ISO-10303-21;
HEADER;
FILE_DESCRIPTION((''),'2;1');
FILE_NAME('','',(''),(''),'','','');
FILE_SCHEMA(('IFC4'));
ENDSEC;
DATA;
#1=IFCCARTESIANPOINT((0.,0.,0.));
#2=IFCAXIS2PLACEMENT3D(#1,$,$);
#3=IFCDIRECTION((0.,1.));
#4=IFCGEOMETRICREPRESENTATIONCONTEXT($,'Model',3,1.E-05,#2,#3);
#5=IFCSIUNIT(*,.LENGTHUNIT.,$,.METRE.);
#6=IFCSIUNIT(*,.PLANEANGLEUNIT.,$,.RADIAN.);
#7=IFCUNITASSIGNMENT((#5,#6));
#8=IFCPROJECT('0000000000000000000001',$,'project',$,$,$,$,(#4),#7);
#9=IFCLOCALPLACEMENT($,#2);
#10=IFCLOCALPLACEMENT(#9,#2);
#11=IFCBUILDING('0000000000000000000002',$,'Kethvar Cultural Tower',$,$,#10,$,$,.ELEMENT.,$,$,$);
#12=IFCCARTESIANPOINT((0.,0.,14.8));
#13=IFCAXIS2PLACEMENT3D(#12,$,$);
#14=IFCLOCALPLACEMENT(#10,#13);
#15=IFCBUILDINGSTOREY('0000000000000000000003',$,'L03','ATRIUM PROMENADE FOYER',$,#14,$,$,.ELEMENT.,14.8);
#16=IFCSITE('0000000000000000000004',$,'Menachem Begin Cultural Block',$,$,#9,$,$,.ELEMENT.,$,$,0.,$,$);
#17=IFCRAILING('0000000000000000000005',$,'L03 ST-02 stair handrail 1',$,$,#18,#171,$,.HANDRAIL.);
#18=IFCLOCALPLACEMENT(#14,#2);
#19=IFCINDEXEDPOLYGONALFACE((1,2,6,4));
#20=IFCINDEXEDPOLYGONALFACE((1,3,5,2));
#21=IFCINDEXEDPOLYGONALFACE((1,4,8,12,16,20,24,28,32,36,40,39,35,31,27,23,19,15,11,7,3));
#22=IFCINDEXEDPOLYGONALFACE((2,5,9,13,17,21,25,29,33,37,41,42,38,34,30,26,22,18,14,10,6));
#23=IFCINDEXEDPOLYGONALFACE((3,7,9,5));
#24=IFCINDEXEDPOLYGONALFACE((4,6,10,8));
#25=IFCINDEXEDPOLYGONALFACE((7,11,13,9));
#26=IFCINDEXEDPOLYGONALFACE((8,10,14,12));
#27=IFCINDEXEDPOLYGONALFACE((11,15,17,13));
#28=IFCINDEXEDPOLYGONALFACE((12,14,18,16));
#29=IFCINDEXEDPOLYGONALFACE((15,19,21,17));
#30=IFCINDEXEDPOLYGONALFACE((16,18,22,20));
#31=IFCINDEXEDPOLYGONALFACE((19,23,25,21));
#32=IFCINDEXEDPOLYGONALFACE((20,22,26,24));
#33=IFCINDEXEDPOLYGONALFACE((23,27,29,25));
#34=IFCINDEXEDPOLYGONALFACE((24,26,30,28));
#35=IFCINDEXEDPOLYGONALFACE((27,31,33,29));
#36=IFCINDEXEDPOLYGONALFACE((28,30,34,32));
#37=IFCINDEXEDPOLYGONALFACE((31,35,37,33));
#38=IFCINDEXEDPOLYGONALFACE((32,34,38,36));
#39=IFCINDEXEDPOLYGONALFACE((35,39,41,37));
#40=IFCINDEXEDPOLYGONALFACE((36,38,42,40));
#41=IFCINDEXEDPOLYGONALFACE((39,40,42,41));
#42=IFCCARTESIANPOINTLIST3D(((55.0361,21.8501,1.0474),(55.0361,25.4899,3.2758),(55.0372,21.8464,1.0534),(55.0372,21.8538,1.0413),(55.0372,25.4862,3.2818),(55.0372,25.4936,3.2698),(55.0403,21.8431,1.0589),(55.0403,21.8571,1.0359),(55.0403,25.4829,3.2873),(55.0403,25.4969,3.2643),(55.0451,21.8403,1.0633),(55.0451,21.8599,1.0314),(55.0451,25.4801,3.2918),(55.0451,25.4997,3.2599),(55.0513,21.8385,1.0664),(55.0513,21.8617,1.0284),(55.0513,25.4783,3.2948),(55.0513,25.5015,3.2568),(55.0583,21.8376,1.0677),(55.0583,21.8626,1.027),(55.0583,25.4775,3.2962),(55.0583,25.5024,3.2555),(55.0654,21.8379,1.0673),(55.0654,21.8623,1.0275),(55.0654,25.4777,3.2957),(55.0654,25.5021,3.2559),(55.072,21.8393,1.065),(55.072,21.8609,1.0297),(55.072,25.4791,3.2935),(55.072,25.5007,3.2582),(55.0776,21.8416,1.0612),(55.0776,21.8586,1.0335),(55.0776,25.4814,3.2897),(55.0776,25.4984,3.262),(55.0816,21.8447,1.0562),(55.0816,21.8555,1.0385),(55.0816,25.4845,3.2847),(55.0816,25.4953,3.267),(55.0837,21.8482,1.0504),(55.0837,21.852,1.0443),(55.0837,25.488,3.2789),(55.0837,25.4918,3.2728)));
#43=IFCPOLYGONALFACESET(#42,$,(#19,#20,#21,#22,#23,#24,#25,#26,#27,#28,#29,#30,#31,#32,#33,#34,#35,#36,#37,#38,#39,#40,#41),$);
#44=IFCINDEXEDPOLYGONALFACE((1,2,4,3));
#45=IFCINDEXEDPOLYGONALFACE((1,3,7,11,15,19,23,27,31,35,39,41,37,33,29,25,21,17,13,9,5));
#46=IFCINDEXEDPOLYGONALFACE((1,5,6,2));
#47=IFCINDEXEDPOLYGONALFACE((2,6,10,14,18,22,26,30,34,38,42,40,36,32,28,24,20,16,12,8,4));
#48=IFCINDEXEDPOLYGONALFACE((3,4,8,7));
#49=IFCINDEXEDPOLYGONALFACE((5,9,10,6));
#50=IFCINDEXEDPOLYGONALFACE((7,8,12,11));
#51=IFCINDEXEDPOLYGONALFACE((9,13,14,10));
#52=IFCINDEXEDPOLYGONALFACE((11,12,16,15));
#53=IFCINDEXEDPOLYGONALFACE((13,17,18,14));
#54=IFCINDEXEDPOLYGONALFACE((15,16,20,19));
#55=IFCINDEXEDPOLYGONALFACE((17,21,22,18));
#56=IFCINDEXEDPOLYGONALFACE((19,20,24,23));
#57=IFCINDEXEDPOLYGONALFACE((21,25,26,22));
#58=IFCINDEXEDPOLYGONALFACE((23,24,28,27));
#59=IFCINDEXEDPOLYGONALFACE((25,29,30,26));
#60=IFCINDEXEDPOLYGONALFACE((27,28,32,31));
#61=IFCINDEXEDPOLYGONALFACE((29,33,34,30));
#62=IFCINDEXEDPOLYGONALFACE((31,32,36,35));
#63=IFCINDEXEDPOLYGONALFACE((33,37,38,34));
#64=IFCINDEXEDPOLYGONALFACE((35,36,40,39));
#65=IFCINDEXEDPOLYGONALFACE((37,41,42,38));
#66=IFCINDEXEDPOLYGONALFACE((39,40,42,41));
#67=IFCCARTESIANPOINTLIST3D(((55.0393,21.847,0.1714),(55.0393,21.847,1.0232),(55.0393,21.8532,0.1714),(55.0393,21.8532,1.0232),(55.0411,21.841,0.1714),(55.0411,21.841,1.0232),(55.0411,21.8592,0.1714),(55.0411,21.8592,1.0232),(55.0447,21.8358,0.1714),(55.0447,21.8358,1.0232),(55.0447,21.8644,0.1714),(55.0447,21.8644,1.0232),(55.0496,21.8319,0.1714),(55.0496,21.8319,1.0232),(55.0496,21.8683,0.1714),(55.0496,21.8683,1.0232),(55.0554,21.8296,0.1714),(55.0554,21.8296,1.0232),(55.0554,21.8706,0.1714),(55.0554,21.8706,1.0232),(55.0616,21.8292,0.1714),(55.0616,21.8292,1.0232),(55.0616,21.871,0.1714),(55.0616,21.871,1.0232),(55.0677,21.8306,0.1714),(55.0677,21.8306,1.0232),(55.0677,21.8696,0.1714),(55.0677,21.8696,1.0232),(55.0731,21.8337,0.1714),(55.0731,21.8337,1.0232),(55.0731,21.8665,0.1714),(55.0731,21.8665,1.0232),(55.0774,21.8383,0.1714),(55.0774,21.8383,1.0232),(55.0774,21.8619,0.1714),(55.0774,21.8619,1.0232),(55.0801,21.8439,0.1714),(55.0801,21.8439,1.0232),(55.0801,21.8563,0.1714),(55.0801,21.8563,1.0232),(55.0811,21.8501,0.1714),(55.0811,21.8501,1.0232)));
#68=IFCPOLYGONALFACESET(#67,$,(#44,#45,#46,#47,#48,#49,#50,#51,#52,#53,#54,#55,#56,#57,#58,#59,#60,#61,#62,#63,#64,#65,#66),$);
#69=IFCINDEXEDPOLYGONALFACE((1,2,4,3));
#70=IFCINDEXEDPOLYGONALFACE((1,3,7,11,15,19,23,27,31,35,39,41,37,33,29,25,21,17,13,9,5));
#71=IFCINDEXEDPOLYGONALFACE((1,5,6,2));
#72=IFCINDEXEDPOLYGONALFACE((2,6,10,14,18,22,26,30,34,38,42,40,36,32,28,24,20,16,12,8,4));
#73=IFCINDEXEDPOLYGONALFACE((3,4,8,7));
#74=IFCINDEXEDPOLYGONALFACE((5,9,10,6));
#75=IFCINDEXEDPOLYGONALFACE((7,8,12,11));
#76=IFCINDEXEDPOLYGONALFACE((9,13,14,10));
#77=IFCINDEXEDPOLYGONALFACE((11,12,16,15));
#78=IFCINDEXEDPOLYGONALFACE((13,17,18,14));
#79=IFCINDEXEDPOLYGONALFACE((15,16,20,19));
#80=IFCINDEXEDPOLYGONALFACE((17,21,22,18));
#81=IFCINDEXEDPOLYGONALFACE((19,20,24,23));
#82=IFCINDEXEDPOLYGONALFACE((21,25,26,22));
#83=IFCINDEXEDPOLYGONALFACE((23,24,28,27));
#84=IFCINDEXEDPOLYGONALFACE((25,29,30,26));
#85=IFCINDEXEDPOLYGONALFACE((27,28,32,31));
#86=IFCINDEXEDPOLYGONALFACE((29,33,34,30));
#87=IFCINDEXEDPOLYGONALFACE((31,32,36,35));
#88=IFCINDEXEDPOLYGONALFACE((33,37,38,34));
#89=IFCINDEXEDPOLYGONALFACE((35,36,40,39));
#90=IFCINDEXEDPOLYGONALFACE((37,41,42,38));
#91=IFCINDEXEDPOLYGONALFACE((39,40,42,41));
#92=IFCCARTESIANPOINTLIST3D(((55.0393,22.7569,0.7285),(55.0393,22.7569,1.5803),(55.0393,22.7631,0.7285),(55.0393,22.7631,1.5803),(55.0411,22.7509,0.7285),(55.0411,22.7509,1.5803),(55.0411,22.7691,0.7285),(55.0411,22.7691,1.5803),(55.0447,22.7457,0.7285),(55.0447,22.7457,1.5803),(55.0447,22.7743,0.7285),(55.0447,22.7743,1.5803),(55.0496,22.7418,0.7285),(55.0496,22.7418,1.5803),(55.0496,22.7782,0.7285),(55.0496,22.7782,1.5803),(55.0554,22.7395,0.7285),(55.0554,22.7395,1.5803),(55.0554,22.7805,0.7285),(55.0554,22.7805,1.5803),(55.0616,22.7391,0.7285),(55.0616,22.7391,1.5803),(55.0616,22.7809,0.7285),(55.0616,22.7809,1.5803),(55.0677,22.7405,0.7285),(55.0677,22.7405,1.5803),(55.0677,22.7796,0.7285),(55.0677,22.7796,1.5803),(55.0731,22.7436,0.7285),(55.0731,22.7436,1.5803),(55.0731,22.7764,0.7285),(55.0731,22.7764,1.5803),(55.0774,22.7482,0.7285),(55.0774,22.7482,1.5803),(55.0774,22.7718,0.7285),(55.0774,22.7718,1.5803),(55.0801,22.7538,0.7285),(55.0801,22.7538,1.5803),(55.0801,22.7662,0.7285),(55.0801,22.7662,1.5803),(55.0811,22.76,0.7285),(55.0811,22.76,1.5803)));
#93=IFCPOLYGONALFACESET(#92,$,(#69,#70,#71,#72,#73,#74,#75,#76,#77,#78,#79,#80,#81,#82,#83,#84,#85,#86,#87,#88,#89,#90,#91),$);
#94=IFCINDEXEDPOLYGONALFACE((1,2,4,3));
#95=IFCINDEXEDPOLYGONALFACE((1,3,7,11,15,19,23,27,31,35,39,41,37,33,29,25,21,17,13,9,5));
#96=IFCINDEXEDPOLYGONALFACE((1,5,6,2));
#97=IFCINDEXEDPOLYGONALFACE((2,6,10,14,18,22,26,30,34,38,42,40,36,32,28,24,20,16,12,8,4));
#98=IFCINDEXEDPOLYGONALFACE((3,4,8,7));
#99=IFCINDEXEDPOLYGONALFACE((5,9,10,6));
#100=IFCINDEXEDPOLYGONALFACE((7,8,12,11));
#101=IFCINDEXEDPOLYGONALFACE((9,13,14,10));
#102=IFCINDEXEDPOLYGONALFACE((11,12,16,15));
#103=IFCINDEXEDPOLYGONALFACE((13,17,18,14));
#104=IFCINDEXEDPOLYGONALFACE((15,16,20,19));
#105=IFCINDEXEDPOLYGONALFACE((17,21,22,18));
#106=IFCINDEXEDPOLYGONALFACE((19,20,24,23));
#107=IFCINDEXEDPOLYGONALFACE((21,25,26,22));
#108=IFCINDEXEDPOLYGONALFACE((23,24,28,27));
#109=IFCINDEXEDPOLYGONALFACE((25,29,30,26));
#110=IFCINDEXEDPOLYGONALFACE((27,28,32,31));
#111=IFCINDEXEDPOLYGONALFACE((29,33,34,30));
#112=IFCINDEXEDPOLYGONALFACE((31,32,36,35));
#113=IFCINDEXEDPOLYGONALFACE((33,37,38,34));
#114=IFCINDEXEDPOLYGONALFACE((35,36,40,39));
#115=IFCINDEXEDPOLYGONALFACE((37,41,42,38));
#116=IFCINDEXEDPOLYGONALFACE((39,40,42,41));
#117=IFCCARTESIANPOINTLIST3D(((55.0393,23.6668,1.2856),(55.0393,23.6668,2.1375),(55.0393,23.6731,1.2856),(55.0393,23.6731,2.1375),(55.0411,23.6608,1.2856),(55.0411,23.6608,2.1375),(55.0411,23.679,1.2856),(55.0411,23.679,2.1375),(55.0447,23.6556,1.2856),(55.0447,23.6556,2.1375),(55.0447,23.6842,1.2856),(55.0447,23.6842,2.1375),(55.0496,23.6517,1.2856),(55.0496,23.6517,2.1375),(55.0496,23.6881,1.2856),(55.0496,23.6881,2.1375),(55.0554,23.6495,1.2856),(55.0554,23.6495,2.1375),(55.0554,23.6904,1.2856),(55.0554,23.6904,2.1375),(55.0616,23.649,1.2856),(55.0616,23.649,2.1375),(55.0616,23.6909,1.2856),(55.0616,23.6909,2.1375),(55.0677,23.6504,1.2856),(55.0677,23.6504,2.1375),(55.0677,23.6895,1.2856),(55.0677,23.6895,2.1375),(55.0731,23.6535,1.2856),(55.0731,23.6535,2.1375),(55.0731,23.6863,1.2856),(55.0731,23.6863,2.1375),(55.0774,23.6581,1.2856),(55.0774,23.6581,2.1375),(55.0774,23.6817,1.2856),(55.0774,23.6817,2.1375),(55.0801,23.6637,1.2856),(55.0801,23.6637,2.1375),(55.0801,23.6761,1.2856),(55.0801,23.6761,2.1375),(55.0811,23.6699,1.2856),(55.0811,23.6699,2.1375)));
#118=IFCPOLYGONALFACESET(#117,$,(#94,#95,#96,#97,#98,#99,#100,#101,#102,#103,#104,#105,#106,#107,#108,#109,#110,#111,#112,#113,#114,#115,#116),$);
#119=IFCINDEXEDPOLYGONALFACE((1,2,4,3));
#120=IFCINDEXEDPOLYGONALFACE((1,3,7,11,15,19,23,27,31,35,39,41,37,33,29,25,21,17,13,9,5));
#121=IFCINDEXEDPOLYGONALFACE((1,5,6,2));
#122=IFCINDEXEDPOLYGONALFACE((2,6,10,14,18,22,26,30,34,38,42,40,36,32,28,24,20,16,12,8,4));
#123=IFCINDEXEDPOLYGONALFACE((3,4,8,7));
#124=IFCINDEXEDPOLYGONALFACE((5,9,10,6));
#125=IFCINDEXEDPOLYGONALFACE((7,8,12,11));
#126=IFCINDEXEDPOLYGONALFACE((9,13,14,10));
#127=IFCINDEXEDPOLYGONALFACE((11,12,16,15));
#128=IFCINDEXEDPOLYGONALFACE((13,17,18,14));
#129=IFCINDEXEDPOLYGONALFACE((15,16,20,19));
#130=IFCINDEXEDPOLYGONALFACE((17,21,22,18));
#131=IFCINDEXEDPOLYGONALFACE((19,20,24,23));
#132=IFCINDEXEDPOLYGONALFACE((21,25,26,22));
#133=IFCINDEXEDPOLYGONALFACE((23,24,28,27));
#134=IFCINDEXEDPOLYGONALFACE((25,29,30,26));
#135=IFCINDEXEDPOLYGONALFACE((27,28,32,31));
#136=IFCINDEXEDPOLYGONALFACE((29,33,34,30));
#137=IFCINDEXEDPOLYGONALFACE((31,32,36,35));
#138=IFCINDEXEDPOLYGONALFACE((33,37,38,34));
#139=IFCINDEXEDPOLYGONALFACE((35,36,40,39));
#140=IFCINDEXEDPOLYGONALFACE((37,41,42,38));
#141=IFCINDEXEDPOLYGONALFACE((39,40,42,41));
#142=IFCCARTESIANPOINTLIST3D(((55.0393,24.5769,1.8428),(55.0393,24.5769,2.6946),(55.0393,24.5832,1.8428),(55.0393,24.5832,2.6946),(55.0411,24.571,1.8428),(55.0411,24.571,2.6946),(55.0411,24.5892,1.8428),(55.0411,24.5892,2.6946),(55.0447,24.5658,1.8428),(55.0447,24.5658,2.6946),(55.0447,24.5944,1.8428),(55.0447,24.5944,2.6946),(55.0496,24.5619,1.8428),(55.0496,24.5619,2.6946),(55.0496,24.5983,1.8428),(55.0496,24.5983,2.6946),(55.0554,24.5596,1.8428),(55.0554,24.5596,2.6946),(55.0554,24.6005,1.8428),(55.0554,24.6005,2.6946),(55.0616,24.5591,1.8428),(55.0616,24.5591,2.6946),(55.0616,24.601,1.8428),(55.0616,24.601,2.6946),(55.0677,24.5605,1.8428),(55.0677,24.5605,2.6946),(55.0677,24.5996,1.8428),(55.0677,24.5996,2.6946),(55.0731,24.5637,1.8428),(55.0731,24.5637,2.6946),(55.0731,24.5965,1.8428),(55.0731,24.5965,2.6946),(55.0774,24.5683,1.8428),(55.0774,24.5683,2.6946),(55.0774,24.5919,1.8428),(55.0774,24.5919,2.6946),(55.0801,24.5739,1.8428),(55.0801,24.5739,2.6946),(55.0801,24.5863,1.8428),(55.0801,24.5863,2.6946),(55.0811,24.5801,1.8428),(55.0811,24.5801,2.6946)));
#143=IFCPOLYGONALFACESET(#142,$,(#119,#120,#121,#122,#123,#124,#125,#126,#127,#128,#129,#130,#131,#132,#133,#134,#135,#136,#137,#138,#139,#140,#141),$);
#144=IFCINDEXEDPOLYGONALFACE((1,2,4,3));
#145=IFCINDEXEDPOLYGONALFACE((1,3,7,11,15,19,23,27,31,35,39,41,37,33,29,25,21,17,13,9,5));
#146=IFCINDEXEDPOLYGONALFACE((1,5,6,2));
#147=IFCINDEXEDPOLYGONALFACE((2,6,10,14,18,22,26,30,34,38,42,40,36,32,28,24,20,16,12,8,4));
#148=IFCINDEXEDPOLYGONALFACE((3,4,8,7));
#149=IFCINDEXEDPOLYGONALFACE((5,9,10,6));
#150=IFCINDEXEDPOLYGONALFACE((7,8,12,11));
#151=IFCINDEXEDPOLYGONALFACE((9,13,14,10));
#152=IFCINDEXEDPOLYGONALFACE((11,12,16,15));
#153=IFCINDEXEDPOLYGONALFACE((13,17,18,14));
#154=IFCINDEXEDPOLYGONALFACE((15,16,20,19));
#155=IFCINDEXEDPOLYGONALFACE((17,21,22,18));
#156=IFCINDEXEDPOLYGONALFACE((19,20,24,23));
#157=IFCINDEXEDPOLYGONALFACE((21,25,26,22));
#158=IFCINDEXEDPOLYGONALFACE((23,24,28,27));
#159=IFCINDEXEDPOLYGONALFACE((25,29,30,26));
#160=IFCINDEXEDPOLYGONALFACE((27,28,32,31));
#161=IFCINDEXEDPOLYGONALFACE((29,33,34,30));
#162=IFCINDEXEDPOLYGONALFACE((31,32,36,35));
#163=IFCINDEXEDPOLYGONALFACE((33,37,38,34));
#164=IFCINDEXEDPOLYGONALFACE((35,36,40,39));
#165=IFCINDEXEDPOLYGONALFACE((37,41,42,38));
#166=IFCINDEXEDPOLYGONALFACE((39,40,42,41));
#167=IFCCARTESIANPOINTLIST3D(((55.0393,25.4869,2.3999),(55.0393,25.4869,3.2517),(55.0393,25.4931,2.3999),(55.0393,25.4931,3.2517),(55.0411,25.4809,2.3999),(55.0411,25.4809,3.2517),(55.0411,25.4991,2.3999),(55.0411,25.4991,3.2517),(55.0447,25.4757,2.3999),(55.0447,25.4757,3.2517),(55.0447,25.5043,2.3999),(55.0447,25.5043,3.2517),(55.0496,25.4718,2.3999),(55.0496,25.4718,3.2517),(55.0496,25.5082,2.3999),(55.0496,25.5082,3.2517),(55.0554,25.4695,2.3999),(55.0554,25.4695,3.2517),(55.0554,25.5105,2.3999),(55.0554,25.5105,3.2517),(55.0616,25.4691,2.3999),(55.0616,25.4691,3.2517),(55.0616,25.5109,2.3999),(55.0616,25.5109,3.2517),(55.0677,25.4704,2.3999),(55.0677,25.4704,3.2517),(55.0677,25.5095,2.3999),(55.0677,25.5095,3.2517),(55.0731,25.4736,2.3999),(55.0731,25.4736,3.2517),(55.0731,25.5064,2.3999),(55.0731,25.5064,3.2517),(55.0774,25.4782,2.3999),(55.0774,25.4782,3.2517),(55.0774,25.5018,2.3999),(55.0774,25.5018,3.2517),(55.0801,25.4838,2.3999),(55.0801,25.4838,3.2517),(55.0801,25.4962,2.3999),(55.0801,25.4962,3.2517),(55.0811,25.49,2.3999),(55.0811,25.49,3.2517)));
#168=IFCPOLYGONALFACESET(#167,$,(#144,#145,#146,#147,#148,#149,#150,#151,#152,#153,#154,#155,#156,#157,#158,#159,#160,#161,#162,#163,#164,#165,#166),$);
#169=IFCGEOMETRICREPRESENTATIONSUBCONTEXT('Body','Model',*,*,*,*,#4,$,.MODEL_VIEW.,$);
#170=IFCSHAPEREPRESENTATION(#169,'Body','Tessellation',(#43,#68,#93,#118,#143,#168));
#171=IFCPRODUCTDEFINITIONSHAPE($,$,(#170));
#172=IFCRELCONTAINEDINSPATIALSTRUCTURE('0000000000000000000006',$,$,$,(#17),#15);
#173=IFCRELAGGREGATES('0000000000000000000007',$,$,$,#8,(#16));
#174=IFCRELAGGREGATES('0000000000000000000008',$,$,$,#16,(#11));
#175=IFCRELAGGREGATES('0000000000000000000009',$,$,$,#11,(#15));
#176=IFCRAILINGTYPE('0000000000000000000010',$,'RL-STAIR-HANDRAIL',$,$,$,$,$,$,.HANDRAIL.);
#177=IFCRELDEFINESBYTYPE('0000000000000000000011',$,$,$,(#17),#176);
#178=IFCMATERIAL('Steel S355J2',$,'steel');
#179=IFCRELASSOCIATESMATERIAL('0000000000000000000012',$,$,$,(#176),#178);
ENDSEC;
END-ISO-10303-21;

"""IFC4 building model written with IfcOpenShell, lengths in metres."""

from ifc_helpers import new_model, si_unit, direction, frame, origin, origin_2d, place, context, subcontext, project, spatial, circle, extrude, material, type_object, element, save


model = new_model("IFC4")

# Units and contexts
model_context = context("Model", 3, precision=1e-05, world=origin(), true_north=direction((0.0, 1.0)))
body_context = subcontext(model_context, "Body", "Model", "MODEL_VIEW")
ifc_project = project(units=[si_unit("LENGTHUNIT", "METRE"), si_unit("PLANEANGLEUNIT", "RADIAN")], contexts=[model_context])

# Site, building, storey
site_placement = place(None, origin())
site = spatial("IfcSite", under=ifc_project, at=site_placement, Name="Menachem Begin Cultural Block", CompositionType="ELEMENT", RefElevation=0.0)
building_placement = place(site_placement, origin())
building = spatial("IfcBuilding", under=site, at=building_placement, Name="Kethvar Cultural Tower", CompositionType="ELEMENT")
storey_placement = place(building_placement, frame((0.0, 0.0, 14.8)))
storey = spatial("IfcBuildingStorey", under=building, at=storey_placement, Name="L03", Description="ATRIUM PROMENADE FOYER", CompositionType="ELEMENT", Elevation=14.8)

# Shared definitions
ifc_material_1 = material(Name="Steel S355J2", Category="steel")

# Railing
railing_type_1 = type_object("IfcRailingType", Name="RL-STAIR-HANDRAIL", PredefinedType="HANDRAIL", material=ifc_material_1)
railing_1_placement = place(storey_placement, frame((55.0601, 21.8501, 0.1714)))
element("IfcRailing", 1, at=railing_1_placement, inside=storey, type_object=railing_type_1, Name="L03 ST-02 stair handrail 1", PredefinedType="HANDRAIL", context=body_context, shape_type="SweptSolid", body=[
    extrude(circle(Radius=0.0239, at=origin_2d()), frame((0.0, 0.0, 0.876), z_axis=(0.0, 0.85285, 0.522156), x_axis=(-1.0, 0.0, 0.0)), (0.0, 0.0, 1.0), 4.2678),
    extrude(circle(Radius=0.021, at=origin_2d()), origin(), (0.0, 0.0, 1.0), 0.8518),
    extrude(circle(Radius=0.021, at=origin_2d()), frame((0.0, 0.9099, 0.5571)), (0.0, 0.0, 1.0), 0.8518),
    extrude(circle(Radius=0.021, at=origin_2d()), frame((0.0, 1.8198, 1.1143)), (0.0, 0.0, 1.0), 0.8518),
    extrude(circle(Radius=0.021, at=origin_2d()), frame((0.0, 2.73, 1.6714)), (0.0, 0.0, 1.0), 0.8518),
    extrude(circle(Radius=0.021, at=origin_2d()), frame((0.0, 3.6399, 2.2285)), (0.0, 0.0, 1.0), 0.8518),
])

save(model, "model.ifc")
